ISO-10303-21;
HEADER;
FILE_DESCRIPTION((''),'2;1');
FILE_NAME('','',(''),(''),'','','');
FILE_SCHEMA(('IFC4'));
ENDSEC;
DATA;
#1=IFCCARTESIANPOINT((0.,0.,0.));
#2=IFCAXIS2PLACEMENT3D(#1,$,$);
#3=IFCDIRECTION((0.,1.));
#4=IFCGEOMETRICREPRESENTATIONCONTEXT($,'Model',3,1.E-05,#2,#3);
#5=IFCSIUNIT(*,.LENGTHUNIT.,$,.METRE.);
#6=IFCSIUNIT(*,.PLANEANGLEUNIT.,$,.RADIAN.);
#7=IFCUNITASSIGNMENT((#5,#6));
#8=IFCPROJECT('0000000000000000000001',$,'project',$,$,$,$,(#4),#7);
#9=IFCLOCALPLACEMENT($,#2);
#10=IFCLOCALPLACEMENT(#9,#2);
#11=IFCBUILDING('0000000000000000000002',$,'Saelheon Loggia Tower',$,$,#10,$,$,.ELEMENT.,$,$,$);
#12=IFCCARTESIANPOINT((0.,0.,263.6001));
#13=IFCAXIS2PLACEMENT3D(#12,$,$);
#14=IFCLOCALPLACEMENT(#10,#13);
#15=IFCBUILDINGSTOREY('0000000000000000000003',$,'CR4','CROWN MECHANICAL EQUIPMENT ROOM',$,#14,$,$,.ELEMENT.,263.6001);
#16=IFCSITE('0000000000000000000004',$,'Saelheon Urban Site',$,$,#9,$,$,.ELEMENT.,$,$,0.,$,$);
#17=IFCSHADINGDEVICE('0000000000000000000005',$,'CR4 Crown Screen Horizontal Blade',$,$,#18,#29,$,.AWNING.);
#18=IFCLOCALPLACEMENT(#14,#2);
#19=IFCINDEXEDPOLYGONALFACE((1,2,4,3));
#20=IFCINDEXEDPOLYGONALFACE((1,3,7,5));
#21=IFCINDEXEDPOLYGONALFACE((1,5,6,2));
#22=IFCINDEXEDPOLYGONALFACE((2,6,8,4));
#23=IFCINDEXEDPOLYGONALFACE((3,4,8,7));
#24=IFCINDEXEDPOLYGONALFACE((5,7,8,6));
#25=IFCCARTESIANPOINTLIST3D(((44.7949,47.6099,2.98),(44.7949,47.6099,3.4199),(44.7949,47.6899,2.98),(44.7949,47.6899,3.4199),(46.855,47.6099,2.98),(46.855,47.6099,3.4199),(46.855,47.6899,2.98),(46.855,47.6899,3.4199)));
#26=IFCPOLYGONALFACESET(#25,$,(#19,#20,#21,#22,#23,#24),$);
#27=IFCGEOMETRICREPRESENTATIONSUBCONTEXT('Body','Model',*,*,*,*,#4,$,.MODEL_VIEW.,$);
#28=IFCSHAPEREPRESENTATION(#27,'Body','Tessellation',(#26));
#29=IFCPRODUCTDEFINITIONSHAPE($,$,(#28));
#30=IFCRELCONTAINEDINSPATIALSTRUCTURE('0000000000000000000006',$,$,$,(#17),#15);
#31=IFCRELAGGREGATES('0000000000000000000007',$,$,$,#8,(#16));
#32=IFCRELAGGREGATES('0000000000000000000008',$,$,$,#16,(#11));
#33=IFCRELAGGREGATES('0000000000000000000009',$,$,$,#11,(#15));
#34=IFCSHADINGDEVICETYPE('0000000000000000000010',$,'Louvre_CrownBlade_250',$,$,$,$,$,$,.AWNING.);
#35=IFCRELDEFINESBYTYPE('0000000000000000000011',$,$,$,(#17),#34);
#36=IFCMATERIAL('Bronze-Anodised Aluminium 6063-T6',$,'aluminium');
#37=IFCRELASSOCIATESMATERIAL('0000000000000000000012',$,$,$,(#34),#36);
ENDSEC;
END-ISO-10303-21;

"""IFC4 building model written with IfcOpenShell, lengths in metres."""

from ifc_helpers import new_model, si_unit, direction, frame, origin, origin_2d, place, context, subcontext, project, spatial, rectangle, extrude, source, transform, mapped, material, material_profile, profile_set, type_object, element, save


model = new_model("IFC4")

# Units and contexts
model_context = context("Model", 3, precision=1e-05, world=origin(), true_north=direction((0.0, 1.0)))
body_context = subcontext(model_context, "Body", "Model", "MODEL_VIEW")
ifc_project = project(units=[si_unit("LENGTHUNIT", "METRE"), si_unit("PLANEANGLEUNIT", "RADIAN")], contexts=[model_context])

# Site, building, storey
site_placement = place(None, origin())
site = spatial("IfcSite", under=ifc_project, at=site_placement, Name="Saelheon Urban Site", CompositionType="ELEMENT", RefElevation=0.0)
building_placement = place(site_placement, origin())
building = spatial("IfcBuilding", under=site, at=building_placement, Name="Saelheon Loggia Tower", CompositionType="ELEMENT")
storey_placement = place(building_placement, frame((0.0, 0.0, 263.6001)))
storey = spatial("IfcBuildingStorey", under=building, at=storey_placement, Name="CR4", Description="CROWN MECHANICAL EQUIPMENT ROOM", CompositionType="ELEMENT", Elevation=263.6001)

# Shared definitions
ifc_material_1 = material(Name="Bronze-Anodised Aluminium 6063-T6", Category="aluminium")

# Shading device
ifc_material_profile_1 = material_profile(ifc_material_1, rectangle(XDim=0.0801, YDim=0.4399, at=origin_2d()), Name="Louvre_CrownBlade_250")
ifc_profile_set_1 = profile_set([ifc_material_profile_1], Name="Bronze-Anodised Aluminium 6063-T6")
shading_device_type = type_object("IfcShadingDeviceType", Name="Louvre_CrownBlade_250", PredefinedType="AWNING", material=ifc_profile_set_1)
shared_shape_1 = source(origin(), body_context, "Body", "SweptSolid", [
    extrude(rectangle(XDim=0.0801, YDim=0.4399, at=origin_2d()), origin(), (0.0, 0.0, 1.0), 2.0601),
])
for number, where, z_axis, x_axis, name in (
    (1, (46.855, 47.6499, 3.2), (-1.0, 0.0, 0.0), (0.0, -1.0, 0.0), "CR4 Crown Screen Horizontal Blade"),
):
    element("IfcShadingDevice", number, at=place(storey_placement, frame(where, z_axis=z_axis, x_axis=x_axis)), inside=storey, type_object=shading_device_type, Name=name, PredefinedType="AWNING", context=body_context, shape_type="MappedRepresentation", body=[
        mapped(shared_shape_1, transform((0.0, 0.0, 0.0), scale=1.0)),
    ])

save(model, "model.ifc")
